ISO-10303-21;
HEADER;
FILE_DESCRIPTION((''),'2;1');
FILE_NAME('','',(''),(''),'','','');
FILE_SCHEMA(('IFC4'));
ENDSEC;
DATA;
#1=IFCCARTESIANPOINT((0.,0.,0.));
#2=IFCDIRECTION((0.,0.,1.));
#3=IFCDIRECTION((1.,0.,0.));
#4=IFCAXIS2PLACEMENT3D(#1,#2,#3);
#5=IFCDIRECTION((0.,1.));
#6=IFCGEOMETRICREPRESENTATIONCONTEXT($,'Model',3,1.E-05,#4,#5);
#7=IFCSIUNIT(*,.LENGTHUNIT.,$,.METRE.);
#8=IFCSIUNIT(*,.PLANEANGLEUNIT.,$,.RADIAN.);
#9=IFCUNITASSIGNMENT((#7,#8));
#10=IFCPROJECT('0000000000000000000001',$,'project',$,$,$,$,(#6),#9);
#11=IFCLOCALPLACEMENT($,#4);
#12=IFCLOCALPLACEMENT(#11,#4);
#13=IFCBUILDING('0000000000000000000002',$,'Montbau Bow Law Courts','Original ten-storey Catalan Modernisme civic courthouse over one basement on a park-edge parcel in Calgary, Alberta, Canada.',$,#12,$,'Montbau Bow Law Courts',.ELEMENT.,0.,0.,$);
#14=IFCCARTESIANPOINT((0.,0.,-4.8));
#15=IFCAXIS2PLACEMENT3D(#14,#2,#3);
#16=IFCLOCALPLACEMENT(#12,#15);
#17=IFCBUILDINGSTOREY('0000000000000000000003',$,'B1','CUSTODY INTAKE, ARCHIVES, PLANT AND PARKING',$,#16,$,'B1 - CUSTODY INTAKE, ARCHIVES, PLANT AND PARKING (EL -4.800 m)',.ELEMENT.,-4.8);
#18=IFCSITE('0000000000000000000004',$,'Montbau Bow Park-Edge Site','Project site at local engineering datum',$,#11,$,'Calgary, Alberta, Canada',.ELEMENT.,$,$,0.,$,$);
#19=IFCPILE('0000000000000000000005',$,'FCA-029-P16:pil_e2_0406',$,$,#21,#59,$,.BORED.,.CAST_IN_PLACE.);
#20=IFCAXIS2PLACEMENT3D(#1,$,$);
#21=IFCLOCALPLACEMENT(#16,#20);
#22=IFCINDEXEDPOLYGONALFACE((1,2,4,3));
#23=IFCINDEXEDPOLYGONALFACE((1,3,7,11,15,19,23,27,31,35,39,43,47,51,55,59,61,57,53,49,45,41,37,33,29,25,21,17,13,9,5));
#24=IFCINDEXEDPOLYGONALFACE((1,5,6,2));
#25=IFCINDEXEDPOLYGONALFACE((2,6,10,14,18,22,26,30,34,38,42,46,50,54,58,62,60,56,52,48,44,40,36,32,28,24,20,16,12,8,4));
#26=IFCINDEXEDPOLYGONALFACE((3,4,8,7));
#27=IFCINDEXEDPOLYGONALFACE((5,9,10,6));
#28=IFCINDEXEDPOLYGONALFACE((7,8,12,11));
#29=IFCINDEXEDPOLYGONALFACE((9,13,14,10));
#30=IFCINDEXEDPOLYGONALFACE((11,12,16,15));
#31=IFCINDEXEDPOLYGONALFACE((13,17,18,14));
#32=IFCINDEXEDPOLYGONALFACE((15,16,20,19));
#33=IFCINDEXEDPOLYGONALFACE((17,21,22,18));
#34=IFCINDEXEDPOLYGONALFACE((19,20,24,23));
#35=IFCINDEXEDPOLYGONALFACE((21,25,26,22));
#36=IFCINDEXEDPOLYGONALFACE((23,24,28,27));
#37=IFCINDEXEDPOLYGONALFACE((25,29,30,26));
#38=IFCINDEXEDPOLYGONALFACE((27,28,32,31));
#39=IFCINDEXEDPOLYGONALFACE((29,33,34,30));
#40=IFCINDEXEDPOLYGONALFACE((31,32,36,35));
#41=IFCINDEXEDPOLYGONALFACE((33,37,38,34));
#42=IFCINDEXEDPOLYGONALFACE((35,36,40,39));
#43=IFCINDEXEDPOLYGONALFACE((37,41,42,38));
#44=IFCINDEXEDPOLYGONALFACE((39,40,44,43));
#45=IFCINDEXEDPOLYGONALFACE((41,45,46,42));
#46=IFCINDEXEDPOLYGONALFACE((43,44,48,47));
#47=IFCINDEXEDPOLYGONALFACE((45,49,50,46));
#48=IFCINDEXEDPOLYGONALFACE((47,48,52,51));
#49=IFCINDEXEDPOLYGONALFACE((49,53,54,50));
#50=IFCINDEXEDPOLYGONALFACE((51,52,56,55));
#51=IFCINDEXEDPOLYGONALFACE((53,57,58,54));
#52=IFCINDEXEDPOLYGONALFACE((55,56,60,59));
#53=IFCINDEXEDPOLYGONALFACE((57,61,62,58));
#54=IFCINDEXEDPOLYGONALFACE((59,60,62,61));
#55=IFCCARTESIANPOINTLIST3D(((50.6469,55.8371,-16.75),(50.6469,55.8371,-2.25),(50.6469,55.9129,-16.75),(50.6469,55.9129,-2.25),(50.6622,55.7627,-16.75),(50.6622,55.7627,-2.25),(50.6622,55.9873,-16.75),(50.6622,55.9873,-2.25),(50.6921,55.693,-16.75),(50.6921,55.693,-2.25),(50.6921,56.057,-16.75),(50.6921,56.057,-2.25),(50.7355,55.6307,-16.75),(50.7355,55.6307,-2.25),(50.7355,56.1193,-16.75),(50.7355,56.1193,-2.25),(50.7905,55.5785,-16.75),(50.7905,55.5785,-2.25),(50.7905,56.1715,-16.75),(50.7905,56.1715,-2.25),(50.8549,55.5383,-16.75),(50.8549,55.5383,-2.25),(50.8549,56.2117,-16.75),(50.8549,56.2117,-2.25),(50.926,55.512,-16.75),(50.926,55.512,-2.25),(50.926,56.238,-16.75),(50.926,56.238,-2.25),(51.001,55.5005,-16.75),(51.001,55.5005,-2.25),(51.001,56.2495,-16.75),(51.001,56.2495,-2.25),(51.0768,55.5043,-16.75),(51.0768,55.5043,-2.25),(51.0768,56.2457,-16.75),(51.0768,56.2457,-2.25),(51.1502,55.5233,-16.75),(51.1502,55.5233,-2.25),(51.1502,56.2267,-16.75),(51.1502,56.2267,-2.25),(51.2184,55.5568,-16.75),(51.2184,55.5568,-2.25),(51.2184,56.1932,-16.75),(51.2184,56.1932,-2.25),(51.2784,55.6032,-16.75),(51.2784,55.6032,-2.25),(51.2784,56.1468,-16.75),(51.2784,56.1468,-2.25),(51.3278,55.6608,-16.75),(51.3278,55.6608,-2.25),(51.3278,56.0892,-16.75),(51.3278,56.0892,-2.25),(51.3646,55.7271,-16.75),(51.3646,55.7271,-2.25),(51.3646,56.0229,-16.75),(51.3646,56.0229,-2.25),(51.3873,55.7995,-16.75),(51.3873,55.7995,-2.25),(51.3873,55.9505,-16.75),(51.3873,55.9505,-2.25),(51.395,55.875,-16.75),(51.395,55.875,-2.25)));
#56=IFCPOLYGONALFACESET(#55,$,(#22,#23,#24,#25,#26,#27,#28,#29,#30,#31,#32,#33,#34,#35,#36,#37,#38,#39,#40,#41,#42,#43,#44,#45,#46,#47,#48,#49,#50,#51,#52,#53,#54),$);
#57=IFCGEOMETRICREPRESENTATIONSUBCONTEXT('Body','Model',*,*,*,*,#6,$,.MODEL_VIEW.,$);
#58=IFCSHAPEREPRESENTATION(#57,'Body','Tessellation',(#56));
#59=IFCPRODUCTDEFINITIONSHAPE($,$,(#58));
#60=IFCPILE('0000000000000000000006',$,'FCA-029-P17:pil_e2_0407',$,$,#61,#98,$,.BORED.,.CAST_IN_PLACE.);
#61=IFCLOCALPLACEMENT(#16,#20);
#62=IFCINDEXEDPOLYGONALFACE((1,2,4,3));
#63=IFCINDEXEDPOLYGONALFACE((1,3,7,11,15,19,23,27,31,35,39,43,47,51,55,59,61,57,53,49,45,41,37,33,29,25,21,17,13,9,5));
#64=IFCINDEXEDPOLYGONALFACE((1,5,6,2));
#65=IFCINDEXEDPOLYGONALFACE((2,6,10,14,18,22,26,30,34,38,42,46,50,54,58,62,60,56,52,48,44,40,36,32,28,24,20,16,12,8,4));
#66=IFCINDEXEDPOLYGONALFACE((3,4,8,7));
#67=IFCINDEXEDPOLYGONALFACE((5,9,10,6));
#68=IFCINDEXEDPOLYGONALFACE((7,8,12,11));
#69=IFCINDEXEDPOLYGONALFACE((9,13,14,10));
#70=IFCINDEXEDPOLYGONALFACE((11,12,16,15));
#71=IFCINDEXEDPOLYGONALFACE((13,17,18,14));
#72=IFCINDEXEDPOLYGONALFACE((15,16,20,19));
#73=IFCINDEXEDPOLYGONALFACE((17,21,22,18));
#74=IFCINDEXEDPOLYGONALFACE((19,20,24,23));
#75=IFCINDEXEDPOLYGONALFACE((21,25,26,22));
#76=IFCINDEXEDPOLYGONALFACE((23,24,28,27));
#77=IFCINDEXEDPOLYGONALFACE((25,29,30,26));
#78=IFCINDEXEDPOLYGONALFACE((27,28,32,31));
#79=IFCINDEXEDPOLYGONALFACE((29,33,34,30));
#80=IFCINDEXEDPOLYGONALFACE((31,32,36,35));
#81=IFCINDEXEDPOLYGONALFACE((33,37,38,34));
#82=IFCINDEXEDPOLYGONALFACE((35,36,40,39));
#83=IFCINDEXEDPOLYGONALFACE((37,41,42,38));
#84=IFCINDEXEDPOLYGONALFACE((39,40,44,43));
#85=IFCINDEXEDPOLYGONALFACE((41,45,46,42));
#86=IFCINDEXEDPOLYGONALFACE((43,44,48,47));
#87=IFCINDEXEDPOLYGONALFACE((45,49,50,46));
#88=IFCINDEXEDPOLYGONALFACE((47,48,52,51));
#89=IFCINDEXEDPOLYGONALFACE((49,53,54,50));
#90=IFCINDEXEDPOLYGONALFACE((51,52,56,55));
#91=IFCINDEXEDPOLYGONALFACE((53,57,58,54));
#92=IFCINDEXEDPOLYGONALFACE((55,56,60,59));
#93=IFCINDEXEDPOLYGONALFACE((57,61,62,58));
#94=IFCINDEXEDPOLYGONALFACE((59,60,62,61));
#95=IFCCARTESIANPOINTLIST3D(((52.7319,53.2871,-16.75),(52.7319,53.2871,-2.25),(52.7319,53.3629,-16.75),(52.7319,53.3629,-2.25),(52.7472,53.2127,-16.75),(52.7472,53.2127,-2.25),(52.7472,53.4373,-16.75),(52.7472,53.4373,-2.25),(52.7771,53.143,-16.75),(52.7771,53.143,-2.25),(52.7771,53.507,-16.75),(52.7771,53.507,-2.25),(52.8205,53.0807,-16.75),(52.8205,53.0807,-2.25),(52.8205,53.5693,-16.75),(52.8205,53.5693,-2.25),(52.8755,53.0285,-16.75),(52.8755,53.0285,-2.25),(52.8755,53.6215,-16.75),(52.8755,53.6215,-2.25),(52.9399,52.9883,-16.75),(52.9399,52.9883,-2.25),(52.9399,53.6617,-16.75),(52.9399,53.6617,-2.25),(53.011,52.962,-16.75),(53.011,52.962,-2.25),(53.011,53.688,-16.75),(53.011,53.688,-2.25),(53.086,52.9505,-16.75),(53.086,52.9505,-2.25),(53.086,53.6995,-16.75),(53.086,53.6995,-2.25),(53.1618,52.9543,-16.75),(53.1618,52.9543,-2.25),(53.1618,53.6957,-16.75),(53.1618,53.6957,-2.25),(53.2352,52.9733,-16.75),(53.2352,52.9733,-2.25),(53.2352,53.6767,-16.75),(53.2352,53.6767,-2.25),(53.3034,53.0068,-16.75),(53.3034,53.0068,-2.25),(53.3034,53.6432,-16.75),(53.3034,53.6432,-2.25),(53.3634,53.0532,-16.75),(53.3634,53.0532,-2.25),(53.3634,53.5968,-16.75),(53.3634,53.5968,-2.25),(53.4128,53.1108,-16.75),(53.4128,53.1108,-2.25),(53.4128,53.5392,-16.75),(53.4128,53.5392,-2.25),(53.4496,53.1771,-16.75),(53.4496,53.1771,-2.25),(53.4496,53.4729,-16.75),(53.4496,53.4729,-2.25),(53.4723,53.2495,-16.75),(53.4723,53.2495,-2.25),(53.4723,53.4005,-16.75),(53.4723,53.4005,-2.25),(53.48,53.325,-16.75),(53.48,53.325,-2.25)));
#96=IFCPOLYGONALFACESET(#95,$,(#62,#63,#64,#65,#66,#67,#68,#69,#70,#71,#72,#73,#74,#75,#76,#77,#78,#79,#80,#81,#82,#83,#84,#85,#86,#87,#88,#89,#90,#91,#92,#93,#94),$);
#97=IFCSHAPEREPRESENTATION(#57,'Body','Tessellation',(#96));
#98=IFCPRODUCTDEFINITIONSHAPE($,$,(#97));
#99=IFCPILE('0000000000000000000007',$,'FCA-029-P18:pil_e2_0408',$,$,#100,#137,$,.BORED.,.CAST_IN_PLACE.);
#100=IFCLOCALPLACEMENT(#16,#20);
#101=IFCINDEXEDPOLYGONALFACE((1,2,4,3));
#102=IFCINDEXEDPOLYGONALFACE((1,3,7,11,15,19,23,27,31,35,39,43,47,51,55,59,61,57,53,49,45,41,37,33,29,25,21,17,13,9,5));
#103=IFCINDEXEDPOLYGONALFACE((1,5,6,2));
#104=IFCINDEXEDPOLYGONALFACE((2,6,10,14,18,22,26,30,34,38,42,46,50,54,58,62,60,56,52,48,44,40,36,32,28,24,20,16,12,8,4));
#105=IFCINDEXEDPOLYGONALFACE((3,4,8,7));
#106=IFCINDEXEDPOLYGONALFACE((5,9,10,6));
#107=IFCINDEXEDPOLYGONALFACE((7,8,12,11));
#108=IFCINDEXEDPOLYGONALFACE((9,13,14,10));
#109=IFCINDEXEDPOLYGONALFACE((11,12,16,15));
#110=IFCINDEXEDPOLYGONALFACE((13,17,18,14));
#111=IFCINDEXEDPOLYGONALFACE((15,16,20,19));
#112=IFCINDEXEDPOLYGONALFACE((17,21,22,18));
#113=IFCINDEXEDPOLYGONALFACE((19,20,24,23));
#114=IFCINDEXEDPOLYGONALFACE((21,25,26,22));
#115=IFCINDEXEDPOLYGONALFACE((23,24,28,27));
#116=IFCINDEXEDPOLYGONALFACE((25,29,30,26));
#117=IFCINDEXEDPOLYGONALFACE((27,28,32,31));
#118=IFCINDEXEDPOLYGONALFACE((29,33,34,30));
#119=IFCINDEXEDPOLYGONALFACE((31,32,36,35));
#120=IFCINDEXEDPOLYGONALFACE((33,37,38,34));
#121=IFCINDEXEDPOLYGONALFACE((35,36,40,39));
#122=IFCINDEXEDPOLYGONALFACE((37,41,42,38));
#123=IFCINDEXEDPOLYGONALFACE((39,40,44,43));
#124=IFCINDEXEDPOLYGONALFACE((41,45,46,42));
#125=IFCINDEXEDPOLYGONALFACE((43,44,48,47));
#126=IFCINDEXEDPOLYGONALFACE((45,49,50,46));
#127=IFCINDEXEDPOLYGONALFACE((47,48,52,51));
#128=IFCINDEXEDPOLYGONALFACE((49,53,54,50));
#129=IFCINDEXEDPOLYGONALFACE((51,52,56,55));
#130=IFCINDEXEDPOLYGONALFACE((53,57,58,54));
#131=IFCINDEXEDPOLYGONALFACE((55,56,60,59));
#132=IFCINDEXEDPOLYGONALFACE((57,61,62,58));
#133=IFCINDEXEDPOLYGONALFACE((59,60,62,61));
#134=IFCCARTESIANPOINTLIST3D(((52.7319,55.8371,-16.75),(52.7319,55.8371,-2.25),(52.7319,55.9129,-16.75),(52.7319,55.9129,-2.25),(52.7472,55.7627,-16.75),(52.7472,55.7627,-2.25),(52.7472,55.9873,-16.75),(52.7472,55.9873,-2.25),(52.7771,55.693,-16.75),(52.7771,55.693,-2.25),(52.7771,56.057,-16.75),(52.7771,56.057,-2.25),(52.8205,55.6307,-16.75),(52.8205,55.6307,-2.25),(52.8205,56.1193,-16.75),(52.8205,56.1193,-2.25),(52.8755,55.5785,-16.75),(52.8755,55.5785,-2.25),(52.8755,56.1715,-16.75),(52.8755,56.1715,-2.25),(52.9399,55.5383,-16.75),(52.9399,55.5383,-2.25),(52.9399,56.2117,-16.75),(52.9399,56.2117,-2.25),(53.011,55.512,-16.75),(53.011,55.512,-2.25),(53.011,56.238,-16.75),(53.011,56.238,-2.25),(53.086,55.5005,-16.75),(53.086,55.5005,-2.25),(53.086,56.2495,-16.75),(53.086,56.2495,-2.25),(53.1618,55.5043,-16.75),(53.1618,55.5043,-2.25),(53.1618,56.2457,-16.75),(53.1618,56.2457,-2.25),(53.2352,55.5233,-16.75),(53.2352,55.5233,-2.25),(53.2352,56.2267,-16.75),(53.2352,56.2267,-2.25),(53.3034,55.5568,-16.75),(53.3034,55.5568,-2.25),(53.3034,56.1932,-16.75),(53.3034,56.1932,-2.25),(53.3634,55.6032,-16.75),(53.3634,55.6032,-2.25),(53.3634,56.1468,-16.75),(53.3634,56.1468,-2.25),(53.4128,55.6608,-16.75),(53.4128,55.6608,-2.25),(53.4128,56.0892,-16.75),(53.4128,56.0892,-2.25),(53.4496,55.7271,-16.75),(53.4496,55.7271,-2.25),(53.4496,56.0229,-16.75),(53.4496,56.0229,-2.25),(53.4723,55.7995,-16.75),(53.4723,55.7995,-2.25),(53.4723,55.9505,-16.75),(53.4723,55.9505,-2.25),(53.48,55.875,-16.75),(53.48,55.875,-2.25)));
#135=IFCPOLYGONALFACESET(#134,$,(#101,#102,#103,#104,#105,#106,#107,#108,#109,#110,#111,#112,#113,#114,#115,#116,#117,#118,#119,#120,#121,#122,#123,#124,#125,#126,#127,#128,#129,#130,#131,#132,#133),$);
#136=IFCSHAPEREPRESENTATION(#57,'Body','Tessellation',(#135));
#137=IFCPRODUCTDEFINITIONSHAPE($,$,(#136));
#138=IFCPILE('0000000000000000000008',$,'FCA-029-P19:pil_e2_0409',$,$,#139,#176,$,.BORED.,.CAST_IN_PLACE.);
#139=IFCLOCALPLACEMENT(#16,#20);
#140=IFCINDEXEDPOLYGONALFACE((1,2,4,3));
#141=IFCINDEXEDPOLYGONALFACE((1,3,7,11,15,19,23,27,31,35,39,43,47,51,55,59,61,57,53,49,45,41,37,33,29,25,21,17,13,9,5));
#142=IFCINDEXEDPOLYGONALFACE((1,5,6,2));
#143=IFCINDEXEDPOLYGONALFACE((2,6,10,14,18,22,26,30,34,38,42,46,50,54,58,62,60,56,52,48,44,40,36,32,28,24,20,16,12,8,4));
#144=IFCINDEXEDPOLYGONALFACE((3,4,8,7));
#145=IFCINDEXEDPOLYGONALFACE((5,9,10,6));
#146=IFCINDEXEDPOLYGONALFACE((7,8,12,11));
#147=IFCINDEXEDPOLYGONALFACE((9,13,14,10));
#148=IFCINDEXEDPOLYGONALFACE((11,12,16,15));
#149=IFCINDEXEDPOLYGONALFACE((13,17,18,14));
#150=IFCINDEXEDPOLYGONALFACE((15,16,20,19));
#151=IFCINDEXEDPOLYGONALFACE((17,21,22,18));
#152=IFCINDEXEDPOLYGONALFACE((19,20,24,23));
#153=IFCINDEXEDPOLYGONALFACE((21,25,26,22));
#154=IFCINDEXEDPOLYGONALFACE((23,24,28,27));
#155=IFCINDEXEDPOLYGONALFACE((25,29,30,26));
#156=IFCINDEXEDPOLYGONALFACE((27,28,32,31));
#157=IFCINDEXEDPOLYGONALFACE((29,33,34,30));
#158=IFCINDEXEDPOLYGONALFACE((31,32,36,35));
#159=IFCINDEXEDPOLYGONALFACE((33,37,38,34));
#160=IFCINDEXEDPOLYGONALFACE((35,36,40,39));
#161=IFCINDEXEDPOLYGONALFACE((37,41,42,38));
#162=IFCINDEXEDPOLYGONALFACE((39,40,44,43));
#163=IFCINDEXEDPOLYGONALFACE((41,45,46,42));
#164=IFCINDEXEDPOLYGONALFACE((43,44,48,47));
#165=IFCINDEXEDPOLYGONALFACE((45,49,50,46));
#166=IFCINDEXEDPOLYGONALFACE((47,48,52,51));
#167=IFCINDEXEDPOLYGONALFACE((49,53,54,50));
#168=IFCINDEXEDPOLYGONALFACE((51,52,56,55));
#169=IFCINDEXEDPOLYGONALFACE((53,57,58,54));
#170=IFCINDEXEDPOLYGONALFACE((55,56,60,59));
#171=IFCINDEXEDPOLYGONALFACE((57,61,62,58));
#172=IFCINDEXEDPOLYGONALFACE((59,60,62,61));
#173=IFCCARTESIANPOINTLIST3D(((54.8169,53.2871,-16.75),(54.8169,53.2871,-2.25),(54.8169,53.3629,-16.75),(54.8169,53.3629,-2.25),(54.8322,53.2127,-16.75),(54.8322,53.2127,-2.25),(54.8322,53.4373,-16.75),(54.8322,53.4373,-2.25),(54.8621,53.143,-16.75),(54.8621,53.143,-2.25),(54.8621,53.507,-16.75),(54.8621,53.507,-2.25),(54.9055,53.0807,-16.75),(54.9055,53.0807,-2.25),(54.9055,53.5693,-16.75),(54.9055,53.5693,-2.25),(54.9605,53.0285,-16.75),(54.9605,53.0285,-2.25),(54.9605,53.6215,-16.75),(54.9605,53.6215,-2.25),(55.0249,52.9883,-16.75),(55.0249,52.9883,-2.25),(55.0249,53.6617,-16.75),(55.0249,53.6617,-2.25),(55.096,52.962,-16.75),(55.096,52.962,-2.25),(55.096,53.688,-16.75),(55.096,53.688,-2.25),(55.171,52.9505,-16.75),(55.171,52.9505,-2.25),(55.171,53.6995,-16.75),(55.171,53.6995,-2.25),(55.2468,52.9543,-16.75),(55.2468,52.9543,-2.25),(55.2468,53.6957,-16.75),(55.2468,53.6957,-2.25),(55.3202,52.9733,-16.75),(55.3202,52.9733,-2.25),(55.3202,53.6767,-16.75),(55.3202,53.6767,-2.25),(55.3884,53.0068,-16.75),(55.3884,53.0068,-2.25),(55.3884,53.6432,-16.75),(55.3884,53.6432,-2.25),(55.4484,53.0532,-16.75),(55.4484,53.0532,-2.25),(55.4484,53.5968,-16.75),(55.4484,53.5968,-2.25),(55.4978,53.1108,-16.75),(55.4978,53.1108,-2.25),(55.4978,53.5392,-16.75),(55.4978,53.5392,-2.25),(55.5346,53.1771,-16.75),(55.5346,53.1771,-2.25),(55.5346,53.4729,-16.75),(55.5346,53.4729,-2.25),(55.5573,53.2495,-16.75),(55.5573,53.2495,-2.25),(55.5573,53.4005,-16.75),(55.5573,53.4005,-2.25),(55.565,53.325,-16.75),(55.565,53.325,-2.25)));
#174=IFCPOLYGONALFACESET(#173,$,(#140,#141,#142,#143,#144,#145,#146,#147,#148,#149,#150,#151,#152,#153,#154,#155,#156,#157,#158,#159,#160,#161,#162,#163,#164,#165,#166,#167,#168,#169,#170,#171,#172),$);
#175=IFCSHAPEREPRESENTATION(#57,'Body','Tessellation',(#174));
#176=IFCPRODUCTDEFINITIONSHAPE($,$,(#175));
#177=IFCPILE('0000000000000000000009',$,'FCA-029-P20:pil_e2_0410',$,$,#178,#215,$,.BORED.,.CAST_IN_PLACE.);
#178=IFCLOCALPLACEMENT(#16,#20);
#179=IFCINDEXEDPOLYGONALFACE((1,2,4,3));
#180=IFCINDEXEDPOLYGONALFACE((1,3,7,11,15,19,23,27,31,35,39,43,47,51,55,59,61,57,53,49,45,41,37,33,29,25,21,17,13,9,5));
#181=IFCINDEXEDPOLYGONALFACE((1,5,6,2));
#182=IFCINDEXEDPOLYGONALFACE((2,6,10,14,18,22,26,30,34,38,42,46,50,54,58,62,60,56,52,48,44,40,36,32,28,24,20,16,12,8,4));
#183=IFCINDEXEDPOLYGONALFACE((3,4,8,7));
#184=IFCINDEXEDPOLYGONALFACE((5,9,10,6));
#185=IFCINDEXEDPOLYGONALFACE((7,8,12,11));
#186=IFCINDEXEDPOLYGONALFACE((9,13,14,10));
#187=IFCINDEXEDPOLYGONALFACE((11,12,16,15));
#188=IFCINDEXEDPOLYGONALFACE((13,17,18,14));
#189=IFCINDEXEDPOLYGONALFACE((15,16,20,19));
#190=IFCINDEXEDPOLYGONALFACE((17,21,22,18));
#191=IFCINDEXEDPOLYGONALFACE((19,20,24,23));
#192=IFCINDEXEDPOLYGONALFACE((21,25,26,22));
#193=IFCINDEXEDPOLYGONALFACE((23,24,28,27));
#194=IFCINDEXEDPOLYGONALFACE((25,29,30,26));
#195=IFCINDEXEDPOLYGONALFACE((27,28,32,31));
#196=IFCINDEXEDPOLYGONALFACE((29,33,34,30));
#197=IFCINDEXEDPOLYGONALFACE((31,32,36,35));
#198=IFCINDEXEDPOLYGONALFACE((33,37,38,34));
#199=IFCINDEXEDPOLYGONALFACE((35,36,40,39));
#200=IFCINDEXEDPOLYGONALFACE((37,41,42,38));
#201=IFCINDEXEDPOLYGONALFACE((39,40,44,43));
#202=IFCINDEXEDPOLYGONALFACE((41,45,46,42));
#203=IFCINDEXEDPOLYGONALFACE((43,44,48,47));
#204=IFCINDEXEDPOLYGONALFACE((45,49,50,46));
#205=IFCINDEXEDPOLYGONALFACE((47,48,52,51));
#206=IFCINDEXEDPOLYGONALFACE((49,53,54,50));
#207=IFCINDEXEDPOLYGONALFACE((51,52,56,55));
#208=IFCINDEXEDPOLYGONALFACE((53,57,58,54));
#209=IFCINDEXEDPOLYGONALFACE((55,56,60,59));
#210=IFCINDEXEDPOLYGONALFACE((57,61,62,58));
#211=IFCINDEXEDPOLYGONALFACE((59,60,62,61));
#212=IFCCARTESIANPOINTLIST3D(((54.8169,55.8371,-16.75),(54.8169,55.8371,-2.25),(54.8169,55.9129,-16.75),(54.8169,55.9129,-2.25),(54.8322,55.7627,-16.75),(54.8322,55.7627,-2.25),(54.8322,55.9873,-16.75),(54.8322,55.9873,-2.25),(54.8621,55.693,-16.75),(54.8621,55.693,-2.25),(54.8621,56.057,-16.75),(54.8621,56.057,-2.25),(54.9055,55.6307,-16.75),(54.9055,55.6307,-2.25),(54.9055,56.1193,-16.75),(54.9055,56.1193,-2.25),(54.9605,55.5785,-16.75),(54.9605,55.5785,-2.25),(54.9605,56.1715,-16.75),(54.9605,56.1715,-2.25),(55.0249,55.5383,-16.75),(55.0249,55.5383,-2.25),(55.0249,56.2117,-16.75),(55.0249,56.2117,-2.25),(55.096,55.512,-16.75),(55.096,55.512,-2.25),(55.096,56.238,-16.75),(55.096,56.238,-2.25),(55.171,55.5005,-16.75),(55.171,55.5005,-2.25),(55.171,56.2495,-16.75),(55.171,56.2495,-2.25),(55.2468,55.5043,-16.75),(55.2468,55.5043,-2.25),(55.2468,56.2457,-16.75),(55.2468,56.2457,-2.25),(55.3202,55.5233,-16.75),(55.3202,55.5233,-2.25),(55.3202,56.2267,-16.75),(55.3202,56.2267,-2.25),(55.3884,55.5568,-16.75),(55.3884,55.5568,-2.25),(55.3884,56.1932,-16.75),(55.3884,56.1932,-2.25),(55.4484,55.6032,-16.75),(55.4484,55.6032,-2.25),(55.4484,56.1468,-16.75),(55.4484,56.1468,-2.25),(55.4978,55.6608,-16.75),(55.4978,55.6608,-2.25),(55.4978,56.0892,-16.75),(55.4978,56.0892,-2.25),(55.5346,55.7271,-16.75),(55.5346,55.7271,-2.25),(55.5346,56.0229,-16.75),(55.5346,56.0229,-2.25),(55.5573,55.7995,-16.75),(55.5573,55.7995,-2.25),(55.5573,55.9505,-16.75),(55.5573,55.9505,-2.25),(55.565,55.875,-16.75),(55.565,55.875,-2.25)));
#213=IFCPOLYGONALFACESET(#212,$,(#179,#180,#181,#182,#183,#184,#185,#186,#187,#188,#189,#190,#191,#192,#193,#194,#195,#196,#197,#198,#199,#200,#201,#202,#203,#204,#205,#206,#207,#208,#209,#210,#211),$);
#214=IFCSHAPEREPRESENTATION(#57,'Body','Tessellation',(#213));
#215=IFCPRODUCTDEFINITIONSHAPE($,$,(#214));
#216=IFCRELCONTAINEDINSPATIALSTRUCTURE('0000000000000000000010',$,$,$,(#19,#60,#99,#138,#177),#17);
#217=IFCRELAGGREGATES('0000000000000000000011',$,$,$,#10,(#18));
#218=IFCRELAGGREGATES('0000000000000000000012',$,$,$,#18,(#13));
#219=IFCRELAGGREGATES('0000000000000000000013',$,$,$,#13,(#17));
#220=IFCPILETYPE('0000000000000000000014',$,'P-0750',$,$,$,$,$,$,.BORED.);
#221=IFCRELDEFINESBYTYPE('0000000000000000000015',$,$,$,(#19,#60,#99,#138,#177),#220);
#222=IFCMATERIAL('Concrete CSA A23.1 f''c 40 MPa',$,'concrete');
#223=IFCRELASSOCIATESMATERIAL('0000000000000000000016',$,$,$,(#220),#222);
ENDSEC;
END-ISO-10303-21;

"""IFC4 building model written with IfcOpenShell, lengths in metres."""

from ifc_helpers import new_model, si_unit, direction, frame, origin_with_axes, origin_2d_with_axis, place, context, subcontext, project, spatial, circle, extrude, material, material_profile, profile_set, type_object, element, save


model = new_model("IFC4")

# Units and contexts
model_context = context("Model", 3, precision=1e-05, world=origin_with_axes(), true_north=direction((0.0, 1.0)))
body_context = subcontext(model_context, "Body", "Model", "MODEL_VIEW")
ifc_project = project(units=[si_unit("LENGTHUNIT", "METRE"), si_unit("PLANEANGLEUNIT", "RADIAN")], contexts=[model_context])

# Site, building, storey
site_placement = place(None, origin_with_axes())
site = spatial("IfcSite", under=ifc_project, at=site_placement, Name="Montbau Bow Park-Edge Site", Description="Project site at local engineering datum", LongName="Calgary, Alberta, Canada", CompositionType="ELEMENT", RefElevation=0.0)
building_placement = place(site_placement, origin_with_axes())
building = spatial("IfcBuilding", under=site, at=building_placement, Name="Montbau Bow Law Courts", Description="Original ten-storey Catalan Modernisme civic courthouse over one basement on a park-edge parcel in Calgary, Alberta, Canada.", LongName="Montbau Bow Law Courts", CompositionType="ELEMENT", ElevationOfRefHeight=0.0, ElevationOfTerrain=0.0)
storey_placement = place(building_placement, frame((0.0, 0.0, -4.8), z_axis=(0.0, 0.0, 1.0), x_axis=(1.0, 0.0, 0.0)))
storey = spatial("IfcBuildingStorey", under=building, at=storey_placement, Name="B1", Description="CUSTODY INTAKE, ARCHIVES, PLANT AND PARKING", LongName="B1 - CUSTODY INTAKE, ARCHIVES, PLANT AND PARKING (EL -4.800 m)", CompositionType="ELEMENT", Elevation=-4.8)

# Piles
ifc_material_1 = material(Name="Concrete CSA A23.1 f'c 40 MPa", Category="concrete")
ifc_material_profile_1 = material_profile(ifc_material_1, circle(Radius=0.375, at=origin_2d_with_axis()), Name="BP750", Category="Main", Priority=0)
ifc_profile_set_1 = profile_set([ifc_material_profile_1], Name="Concrete CSA A23.1 f'c 40 MPa")
pile_type_1 = type_object("IfcPileType", Name="P-0750", PredefinedType="BORED", material=ifc_profile_set_1)
for number, where, z_axis, x_axis, name in (
    (1, (51.02, 55.875, -21.55), (0.0, 0.0, 1.0), (1.0, 0.0, 0.0), "FCA-029-P16:pil_e2_0406"),
    (2, (53.105, 53.325, -21.55), (0.0, 0.0, 1.0), (1.0, 0.0, 0.0), "FCA-029-P17:pil_e2_0407"),
    (3, (53.105, 55.875, -21.55), (0.0, 0.0, 1.0), (1.0, 0.0, 0.0), "FCA-029-P18:pil_e2_0408"),
    (4, (55.19, 53.325, -21.55), (0.0, 0.0, 1.0), (1.0, 0.0, 0.0), "FCA-029-P19:pil_e2_0409"),
    (5, (55.19, 55.875, -21.55), (0.0, 0.0, 1.0), (1.0, 0.0, 0.0), "FCA-029-P20:pil_e2_0410"),
):
    element("IfcPile", number, at=place(None, frame(where, z_axis=z_axis, x_axis=x_axis)), inside=storey, type_object=pile_type_1, Name=name, ConstructionType="CAST_IN_PLACE", PredefinedType="BORED", context=body_context, shape_type="SweptSolid", body=[
        extrude(circle(Radius=0.375, at=origin_2d_with_axis()), origin_with_axes(), (0.0, 0.0, 1.0), 14.5),
    ])

save(model, "model.ifc")
